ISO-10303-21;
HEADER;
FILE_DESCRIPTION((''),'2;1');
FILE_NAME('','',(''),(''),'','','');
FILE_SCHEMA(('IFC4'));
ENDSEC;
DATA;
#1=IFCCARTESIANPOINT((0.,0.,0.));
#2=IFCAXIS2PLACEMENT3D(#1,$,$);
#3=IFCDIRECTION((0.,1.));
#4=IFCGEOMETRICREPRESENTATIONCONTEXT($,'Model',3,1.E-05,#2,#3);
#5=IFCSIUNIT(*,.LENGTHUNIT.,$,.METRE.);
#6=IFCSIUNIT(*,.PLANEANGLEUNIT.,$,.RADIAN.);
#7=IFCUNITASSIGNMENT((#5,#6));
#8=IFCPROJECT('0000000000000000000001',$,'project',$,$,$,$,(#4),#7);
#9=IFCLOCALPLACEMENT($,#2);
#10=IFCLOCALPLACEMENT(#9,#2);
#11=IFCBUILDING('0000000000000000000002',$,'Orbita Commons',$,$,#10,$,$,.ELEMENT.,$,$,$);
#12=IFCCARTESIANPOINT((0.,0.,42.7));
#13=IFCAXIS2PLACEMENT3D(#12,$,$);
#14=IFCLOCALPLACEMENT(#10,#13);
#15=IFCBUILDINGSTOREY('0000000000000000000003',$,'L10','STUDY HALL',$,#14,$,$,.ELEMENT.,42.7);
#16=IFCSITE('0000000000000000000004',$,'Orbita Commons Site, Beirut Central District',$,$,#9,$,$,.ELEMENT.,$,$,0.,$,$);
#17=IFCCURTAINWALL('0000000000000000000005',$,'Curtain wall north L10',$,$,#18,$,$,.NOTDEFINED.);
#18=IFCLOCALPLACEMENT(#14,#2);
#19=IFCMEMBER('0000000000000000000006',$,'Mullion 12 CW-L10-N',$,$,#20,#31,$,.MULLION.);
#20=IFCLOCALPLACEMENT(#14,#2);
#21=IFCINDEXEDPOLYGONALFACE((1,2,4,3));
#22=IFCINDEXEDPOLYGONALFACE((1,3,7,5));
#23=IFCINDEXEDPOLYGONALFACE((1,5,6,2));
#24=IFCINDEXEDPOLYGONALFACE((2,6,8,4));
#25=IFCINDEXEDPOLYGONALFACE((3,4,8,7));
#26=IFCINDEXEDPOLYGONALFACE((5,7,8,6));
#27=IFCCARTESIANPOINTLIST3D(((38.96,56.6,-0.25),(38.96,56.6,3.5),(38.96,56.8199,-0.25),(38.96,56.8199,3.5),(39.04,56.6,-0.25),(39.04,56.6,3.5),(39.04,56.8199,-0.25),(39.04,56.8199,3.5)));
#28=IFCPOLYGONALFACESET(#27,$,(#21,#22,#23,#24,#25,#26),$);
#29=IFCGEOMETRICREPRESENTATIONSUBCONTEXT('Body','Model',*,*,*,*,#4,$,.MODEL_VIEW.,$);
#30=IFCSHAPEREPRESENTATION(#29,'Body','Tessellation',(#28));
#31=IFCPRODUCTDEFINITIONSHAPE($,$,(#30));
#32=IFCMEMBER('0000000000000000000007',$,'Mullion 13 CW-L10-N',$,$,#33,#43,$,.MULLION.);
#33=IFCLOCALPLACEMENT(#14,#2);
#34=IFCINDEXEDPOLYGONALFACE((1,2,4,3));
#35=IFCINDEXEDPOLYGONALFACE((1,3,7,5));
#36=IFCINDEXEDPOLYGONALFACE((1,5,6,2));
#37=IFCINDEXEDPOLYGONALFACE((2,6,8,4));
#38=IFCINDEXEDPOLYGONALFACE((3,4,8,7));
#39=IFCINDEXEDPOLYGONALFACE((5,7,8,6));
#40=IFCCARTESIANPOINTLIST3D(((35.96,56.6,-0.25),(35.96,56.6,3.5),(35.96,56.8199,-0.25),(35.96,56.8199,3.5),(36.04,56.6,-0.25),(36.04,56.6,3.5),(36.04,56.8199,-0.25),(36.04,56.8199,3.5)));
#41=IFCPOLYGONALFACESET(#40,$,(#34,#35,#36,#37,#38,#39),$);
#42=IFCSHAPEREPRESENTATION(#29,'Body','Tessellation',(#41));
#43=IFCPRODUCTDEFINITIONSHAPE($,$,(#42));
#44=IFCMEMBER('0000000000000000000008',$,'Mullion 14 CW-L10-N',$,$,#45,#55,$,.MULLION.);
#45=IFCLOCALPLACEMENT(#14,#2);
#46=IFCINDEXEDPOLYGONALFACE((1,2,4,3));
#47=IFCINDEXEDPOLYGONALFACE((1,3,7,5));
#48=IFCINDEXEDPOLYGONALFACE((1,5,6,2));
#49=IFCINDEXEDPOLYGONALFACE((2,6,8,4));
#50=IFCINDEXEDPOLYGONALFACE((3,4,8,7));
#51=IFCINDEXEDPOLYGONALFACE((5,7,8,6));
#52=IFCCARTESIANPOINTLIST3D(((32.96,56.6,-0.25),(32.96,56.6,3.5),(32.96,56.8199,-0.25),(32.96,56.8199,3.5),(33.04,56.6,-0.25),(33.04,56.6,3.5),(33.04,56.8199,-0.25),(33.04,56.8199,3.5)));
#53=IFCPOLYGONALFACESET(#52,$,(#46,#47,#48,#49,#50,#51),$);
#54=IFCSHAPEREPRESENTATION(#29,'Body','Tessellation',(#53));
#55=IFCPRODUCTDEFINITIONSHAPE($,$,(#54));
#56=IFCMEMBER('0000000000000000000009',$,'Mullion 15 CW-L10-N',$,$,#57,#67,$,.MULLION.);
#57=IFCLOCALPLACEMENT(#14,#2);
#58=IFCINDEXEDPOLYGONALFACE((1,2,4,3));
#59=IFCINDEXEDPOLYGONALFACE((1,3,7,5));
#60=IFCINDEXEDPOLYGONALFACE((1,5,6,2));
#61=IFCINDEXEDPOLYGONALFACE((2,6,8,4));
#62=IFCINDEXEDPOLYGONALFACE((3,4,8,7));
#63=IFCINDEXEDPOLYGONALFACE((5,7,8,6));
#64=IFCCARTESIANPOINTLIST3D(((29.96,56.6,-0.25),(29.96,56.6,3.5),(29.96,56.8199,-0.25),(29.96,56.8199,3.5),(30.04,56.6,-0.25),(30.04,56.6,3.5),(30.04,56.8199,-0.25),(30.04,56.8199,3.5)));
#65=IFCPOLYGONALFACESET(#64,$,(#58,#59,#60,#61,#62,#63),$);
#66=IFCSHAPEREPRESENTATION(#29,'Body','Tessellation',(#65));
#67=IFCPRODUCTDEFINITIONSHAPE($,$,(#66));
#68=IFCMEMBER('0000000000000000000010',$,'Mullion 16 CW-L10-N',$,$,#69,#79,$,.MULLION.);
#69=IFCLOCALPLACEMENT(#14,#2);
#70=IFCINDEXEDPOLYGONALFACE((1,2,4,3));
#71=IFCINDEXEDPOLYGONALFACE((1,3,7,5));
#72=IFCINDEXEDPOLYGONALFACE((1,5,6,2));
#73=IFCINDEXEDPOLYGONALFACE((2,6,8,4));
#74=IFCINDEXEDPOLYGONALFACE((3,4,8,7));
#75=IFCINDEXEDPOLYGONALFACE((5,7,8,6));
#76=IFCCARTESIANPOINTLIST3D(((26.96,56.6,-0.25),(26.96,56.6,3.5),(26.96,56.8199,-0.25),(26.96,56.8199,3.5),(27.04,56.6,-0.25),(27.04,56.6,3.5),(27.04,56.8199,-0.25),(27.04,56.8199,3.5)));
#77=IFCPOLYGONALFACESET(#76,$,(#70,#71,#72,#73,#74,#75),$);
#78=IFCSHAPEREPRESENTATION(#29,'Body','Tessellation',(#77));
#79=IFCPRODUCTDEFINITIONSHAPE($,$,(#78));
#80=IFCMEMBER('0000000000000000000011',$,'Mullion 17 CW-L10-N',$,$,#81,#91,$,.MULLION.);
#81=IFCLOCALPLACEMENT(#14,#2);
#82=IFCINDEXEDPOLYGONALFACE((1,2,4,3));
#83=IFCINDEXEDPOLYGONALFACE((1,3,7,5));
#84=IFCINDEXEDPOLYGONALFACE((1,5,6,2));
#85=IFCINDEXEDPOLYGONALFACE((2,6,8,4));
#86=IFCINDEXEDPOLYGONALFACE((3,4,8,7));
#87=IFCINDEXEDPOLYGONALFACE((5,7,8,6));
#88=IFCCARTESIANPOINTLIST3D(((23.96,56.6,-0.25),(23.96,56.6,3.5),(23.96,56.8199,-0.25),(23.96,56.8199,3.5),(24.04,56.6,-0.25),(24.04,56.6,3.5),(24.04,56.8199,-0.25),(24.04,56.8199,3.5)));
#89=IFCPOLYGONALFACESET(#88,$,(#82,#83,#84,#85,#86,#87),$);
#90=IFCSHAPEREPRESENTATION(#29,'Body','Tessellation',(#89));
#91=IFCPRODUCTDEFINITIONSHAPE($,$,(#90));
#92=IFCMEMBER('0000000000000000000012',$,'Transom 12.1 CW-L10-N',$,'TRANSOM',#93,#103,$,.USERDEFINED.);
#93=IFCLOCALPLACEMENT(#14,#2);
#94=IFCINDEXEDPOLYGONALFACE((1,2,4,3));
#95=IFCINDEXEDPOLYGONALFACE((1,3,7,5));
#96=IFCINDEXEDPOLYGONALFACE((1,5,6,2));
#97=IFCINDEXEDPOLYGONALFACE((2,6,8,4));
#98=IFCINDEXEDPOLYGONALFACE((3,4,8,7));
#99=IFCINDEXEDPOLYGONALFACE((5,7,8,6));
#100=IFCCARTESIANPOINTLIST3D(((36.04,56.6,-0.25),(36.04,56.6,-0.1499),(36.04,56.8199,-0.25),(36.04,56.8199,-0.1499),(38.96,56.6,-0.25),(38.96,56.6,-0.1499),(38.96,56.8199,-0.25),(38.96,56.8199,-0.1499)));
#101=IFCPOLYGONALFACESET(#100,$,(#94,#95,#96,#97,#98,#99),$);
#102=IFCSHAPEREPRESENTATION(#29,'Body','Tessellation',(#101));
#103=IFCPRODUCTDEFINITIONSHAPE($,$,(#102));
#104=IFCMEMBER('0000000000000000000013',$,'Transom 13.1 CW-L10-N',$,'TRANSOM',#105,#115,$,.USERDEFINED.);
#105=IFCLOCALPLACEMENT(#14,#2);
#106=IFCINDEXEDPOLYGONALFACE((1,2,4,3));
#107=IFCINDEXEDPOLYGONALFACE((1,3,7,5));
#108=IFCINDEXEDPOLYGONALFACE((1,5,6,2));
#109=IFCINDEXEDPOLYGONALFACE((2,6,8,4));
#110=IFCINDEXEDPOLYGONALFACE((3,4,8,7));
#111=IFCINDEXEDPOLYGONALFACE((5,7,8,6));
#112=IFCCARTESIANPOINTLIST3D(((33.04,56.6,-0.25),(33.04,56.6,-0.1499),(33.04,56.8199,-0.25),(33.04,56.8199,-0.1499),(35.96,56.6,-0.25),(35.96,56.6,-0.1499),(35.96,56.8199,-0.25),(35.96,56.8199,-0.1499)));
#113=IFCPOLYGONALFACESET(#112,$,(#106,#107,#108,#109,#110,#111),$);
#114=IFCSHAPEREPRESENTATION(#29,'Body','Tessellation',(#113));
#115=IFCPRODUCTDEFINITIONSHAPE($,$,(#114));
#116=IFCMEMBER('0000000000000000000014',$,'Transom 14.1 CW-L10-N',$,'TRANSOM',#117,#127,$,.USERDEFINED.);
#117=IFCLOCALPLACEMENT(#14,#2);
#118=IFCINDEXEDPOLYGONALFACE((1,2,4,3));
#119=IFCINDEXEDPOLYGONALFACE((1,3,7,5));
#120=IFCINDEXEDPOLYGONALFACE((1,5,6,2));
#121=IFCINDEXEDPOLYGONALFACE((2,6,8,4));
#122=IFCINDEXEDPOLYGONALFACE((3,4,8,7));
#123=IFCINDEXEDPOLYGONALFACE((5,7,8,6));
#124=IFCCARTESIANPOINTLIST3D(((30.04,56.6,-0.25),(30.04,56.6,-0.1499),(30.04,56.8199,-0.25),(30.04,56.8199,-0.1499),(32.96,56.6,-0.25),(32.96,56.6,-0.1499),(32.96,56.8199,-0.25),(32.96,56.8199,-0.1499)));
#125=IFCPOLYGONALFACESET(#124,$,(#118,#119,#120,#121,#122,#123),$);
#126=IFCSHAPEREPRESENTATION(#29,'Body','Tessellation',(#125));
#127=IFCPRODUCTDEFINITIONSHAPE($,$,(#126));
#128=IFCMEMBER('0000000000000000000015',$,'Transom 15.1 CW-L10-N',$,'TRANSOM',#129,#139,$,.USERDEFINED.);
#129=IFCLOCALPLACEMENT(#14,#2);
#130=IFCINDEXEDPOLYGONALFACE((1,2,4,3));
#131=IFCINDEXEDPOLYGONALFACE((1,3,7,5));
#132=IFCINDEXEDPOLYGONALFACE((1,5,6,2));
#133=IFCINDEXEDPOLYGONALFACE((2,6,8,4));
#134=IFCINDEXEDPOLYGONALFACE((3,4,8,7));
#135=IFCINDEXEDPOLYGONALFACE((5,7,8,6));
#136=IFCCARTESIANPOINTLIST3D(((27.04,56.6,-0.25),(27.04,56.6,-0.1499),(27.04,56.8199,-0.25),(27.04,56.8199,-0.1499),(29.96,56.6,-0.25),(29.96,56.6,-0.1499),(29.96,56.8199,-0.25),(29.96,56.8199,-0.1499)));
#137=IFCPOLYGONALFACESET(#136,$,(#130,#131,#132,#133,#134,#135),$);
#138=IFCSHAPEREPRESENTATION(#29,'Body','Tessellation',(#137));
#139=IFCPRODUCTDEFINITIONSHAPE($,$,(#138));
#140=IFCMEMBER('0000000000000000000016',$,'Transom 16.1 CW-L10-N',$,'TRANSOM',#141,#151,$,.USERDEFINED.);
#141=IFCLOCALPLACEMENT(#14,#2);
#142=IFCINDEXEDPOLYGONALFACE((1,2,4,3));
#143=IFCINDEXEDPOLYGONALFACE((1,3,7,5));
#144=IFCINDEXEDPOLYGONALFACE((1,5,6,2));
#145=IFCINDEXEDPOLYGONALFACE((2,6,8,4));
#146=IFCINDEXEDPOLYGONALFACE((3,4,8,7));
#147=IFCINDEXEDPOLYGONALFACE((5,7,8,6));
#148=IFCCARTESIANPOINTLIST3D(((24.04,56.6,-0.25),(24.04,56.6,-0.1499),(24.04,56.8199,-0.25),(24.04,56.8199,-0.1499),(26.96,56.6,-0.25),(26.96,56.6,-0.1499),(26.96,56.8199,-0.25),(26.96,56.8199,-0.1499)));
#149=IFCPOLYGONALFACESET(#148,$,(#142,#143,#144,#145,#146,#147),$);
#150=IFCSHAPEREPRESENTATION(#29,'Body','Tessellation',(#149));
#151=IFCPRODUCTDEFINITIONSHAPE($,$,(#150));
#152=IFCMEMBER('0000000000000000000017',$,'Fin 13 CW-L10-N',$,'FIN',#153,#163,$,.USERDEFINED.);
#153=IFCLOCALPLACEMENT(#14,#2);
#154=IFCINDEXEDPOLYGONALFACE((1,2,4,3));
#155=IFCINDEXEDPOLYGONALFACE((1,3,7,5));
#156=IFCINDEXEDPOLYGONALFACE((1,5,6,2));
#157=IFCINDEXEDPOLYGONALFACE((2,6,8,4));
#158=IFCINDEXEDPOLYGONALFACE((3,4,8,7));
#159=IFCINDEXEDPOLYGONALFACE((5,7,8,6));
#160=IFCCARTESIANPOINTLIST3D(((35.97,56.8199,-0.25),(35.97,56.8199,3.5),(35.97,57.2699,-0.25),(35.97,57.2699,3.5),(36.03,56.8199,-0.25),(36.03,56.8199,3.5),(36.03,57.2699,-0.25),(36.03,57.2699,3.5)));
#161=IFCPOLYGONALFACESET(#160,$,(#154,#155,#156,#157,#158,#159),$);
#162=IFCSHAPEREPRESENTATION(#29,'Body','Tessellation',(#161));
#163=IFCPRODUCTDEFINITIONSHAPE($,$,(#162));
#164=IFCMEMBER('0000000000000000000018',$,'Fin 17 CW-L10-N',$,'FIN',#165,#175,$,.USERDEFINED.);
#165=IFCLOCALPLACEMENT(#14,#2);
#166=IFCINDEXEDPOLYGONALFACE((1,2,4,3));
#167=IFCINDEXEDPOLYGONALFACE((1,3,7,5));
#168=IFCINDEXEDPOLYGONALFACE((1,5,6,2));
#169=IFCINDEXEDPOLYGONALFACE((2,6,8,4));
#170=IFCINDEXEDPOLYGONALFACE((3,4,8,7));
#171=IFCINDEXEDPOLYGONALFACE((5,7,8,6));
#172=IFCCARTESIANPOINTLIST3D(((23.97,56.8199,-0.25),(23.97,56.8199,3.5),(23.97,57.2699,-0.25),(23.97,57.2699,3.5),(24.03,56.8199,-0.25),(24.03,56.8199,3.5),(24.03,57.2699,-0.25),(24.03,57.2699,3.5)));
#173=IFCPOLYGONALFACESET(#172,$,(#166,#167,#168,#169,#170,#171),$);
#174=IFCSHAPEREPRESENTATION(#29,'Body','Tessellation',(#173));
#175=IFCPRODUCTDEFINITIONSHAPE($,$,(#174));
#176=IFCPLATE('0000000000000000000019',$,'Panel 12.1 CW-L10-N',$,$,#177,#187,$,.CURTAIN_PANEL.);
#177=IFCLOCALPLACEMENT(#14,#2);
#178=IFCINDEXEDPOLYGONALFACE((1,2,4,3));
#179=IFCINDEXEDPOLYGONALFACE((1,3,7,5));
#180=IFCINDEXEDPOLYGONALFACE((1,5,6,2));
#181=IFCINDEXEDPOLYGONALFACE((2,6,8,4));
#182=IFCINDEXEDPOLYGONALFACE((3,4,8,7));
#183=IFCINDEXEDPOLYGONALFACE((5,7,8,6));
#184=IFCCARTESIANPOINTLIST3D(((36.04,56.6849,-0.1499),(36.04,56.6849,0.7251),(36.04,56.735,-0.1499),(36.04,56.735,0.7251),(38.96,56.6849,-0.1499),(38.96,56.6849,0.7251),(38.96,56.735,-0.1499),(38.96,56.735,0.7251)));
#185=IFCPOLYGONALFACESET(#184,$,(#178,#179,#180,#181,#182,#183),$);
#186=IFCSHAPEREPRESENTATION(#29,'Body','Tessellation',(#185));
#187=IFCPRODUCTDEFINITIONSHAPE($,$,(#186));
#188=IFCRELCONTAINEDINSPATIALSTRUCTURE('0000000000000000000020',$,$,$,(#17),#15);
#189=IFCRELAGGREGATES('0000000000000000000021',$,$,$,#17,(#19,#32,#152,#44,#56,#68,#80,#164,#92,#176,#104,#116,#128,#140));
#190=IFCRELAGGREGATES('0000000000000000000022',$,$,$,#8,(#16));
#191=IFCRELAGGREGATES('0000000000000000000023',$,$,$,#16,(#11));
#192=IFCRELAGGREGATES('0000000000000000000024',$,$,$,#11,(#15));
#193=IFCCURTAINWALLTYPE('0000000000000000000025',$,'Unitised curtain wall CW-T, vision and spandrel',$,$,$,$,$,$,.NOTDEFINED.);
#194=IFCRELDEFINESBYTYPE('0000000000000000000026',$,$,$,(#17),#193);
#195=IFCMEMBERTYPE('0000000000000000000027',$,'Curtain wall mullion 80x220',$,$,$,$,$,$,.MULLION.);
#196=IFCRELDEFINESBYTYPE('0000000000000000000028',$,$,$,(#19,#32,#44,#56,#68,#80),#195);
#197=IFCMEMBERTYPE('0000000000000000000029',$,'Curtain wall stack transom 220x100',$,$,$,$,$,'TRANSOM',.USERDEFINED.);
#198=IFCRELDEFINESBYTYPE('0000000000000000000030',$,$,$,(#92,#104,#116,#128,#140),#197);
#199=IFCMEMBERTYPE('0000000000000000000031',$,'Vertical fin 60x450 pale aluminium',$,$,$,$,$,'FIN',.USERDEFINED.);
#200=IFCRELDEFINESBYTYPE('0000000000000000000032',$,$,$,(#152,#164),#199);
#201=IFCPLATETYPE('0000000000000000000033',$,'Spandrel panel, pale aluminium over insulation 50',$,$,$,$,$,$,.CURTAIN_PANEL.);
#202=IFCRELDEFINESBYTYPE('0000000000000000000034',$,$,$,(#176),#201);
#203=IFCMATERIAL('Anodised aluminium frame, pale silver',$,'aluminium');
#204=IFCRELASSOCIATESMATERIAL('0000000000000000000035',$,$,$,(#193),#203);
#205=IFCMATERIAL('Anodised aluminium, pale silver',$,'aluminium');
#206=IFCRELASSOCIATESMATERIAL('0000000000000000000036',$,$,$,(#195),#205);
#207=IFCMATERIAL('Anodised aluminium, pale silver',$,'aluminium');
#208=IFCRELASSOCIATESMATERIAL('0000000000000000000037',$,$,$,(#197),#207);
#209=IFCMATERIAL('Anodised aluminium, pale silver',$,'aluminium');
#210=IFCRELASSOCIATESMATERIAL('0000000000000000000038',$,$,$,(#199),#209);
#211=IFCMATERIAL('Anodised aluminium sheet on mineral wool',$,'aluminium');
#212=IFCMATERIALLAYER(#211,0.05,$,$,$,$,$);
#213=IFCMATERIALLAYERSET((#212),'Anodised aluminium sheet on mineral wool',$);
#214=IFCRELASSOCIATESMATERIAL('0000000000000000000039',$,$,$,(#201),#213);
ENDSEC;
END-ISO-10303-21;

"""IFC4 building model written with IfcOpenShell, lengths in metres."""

from ifc_helpers import new_model, si_unit, direction, frame, origin, origin_2d, place, context, subcontext, project, spatial, rectangle, extrude, material, layer, layer_set, material_profile, profile_set, type_object, element, aggregate, save


model = new_model("IFC4")

# Units and contexts
model_context = context("Model", 3, precision=1e-05, world=origin(), true_north=direction((0.0, 1.0)))
body_context = subcontext(model_context, "Body", "Model", "MODEL_VIEW")
ifc_project = project(units=[si_unit("LENGTHUNIT", "METRE"), si_unit("PLANEANGLEUNIT", "RADIAN")], contexts=[model_context])

# Site, building, storey
site_placement = place(None, origin())
site = spatial("IfcSite", under=ifc_project, at=site_placement, Name="Orbita Commons Site, Beirut Central District", CompositionType="ELEMENT", RefElevation=0.0)
building_placement = place(site_placement, origin())
building = spatial("IfcBuilding", under=site, at=building_placement, Name="Orbita Commons", CompositionType="ELEMENT")
storey_placement = place(building_placement, frame((0.0, 0.0, 42.7)))
storey = spatial("IfcBuildingStorey", under=building, at=storey_placement, Name="L10", Description="STUDY HALL", CompositionType="ELEMENT", Elevation=42.7)

# Curtain wall, members, plate
ifc_material_1 = material(Name="Anodised aluminium frame, pale silver", Category="aluminium")
curtain_wall_type = type_object("IfcCurtainWallType", Name="Unitised curtain wall CW-T, vision and spandrel", PredefinedType="NOTDEFINED", material=ifc_material_1)
curtain_wall_placement = place(storey_placement, origin())
curtain_wall = element("IfcCurtainWall", 1, at=curtain_wall_placement, inside=storey, type_object=curtain_wall_type, Name="Curtain wall north L10", PredefinedType="NOTDEFINED")
ifc_material_2 = material(Name="Anodised aluminium, pale silver", Category="aluminium")
ifc_material_profile_1 = material_profile(ifc_material_2, rectangle(XDim=0.0801, YDim=0.22, at=origin_2d()), Name="AL 80x220")
ifc_profile_set_1 = profile_set([ifc_material_profile_1], Name="Anodised aluminium, pale silver")
member_type_1 = type_object("IfcMemberType", Name="Curtain wall mullion 80x220", PredefinedType="MULLION", material=ifc_profile_set_1)
member_1_placement = place(storey_placement, frame((39.0, 56.71, -0.25), z_axis=(0.0, 0.0, 1.0), x_axis=(-1.0, 0.0, 0.0)))
member_1 = element("IfcMember", 2, at=member_1_placement, type_object=member_type_1, Name="Mullion 12 CW-L10-N", PredefinedType="MULLION", context=body_context, shape_type="SweptSolid", body=[
    extrude(rectangle(XDim=0.0801, YDim=0.22, at=origin_2d()), origin(), (0.0, 0.0, 1.0), 3.75),
])
member_2_placement = place(storey_placement, frame((36.0, 56.71, -0.25), z_axis=(0.0, 0.0, 1.0), x_axis=(-1.0, 0.0, 0.0)))
member_2 = element("IfcMember", 3, at=member_2_placement, type_object=member_type_1, Name="Mullion 13 CW-L10-N", PredefinedType="MULLION", context=body_context, shape_type="SweptSolid", body=[
    extrude(rectangle(XDim=0.0801, YDim=0.22, at=origin_2d()), origin(), (0.0, 0.0, 1.0), 3.75),
])
member_3_placement = place(storey_placement, frame((33.0, 56.71, -0.25), z_axis=(0.0, 0.0, 1.0), x_axis=(-1.0, 0.0, 0.0)))
member_3 = element("IfcMember", 4, at=member_3_placement, type_object=member_type_1, Name="Mullion 14 CW-L10-N", PredefinedType="MULLION", context=body_context, shape_type="SweptSolid", body=[
    extrude(rectangle(XDim=0.0801, YDim=0.22, at=origin_2d()), origin(), (0.0, 0.0, 1.0), 3.75),
])
member_4_placement = place(storey_placement, frame((30.0, 56.71, -0.25), z_axis=(0.0, 0.0, 1.0), x_axis=(-1.0, 0.0, 0.0)))
member_4 = element("IfcMember", 5, at=member_4_placement, type_object=member_type_1, Name="Mullion 15 CW-L10-N", PredefinedType="MULLION", context=body_context, shape_type="SweptSolid", body=[
    extrude(rectangle(XDim=0.0801, YDim=0.22, at=origin_2d()), origin(), (0.0, 0.0, 1.0), 3.75),
])
member_5_placement = place(storey_placement, frame((27.0, 56.71, -0.25), z_axis=(0.0, 0.0, 1.0), x_axis=(-1.0, 0.0, 0.0)))
member_5 = element("IfcMember", 6, at=member_5_placement, type_object=member_type_1, Name="Mullion 16 CW-L10-N", PredefinedType="MULLION", context=body_context, shape_type="SweptSolid", body=[
    extrude(rectangle(XDim=0.0801, YDim=0.22, at=origin_2d()), origin(), (0.0, 0.0, 1.0), 3.75),
])
member_6_placement = place(storey_placement, frame((24.0, 56.71, -0.25), z_axis=(0.0, 0.0, 1.0), x_axis=(-1.0, 0.0, 0.0)))
member_6 = element("IfcMember", 7, at=member_6_placement, type_object=member_type_1, Name="Mullion 17 CW-L10-N", PredefinedType="MULLION", context=body_context, shape_type="SweptSolid", body=[
    extrude(rectangle(XDim=0.0801, YDim=0.22, at=origin_2d()), origin(), (0.0, 0.0, 1.0), 3.75),
])
ifc_material_3 = material(Name="Anodised aluminium, pale silver", Category="aluminium")
ifc_material_profile_2 = material_profile(ifc_material_3, rectangle(XDim=0.22, YDim=0.1001, at=origin_2d()), Name="AL 220x100")
ifc_profile_set_2 = profile_set([ifc_material_profile_2], Name="Anodised aluminium, pale silver")
member_type_2 = type_object("IfcMemberType", Name="Curtain wall stack transom 220x100", ElementType="TRANSOM", PredefinedType="USERDEFINED", material=ifc_profile_set_2)
member_7_placement = place(storey_placement, frame((38.96, 56.71, -0.2), z_axis=(-1.0, 0.0, 0.0), x_axis=(0.0, -1.0, 0.0)))
member_7 = element("IfcMember", 8, at=member_7_placement, type_object=member_type_2, Name="Transom 12.1 CW-L10-N", ObjectType="TRANSOM", PredefinedType="USERDEFINED", context=body_context, shape_type="SweptSolid", body=[
    extrude(rectangle(XDim=0.22, YDim=0.1001, at=origin_2d()), origin(), (0.0, 0.0, 1.0), 2.9199),
])
member_8_placement = place(storey_placement, frame((35.96, 56.71, -0.2), z_axis=(-1.0, 0.0, 0.0), x_axis=(0.0, -1.0, 0.0)))
member_8 = element("IfcMember", 9, at=member_8_placement, type_object=member_type_2, Name="Transom 13.1 CW-L10-N", ObjectType="TRANSOM", PredefinedType="USERDEFINED", context=body_context, shape_type="SweptSolid", body=[
    extrude(rectangle(XDim=0.22, YDim=0.1001, at=origin_2d()), origin(), (0.0, 0.0, 1.0), 2.9199),
])
member_9_placement = place(storey_placement, frame((32.96, 56.71, -0.2), z_axis=(-1.0, 0.0, 0.0), x_axis=(0.0, -1.0, 0.0)))
member_9 = element("IfcMember", 10, at=member_9_placement, type_object=member_type_2, Name="Transom 14.1 CW-L10-N", ObjectType="TRANSOM", PredefinedType="USERDEFINED", context=body_context, shape_type="SweptSolid", body=[
    extrude(rectangle(XDim=0.22, YDim=0.1001, at=origin_2d()), origin(), (0.0, 0.0, 1.0), 2.9199),
])
member_10_placement = place(storey_placement, frame((29.96, 56.71, -0.2), z_axis=(-1.0, 0.0, 0.0), x_axis=(0.0, -1.0, 0.0)))
member_10 = element("IfcMember", 11, at=member_10_placement, type_object=member_type_2, Name="Transom 15.1 CW-L10-N", ObjectType="TRANSOM", PredefinedType="USERDEFINED", context=body_context, shape_type="SweptSolid", body=[
    extrude(rectangle(XDim=0.22, YDim=0.1001, at=origin_2d()), origin(), (0.0, 0.0, 1.0), 2.9199),
])
member_11_placement = place(storey_placement, frame((26.96, 56.71, -0.2), z_axis=(-1.0, 0.0, 0.0), x_axis=(0.0, -1.0, 0.0)))
member_11 = element("IfcMember", 12, at=member_11_placement, type_object=member_type_2, Name="Transom 16.1 CW-L10-N", ObjectType="TRANSOM", PredefinedType="USERDEFINED", context=body_context, shape_type="SweptSolid", body=[
    extrude(rectangle(XDim=0.22, YDim=0.1001, at=origin_2d()), origin(), (0.0, 0.0, 1.0), 2.9199),
])
ifc_material_4 = material(Name="Anodised aluminium, pale silver", Category="aluminium")
ifc_material_profile_3 = material_profile(ifc_material_4, rectangle(XDim=0.0601, YDim=0.45, at=origin_2d()), Name="FIN 60x450")
ifc_profile_set_3 = profile_set([ifc_material_profile_3], Name="Anodised aluminium, pale silver")
member_type_3 = type_object("IfcMemberType", Name="Vertical fin 60x450 pale aluminium", ElementType="FIN", PredefinedType="USERDEFINED", material=ifc_profile_set_3)
member_12_placement = place(storey_placement, frame((36.0, 57.0449, -0.25), z_axis=(0.0, 0.0, 1.0), x_axis=(-1.0, 0.0, 0.0)))
member_12 = element("IfcMember", 13, at=member_12_placement, type_object=member_type_3, Name="Fin 13 CW-L10-N", ObjectType="FIN", PredefinedType="USERDEFINED", context=body_context, shape_type="SweptSolid", body=[
    extrude(rectangle(XDim=0.0601, YDim=0.45, at=origin_2d()), origin(), (0.0, 0.0, 1.0), 3.75),
])
member_13_placement = place(storey_placement, frame((24.0, 57.0449, -0.25), z_axis=(0.0, 0.0, 1.0), x_axis=(-1.0, 0.0, 0.0)))
member_13 = element("IfcMember", 14, at=member_13_placement, type_object=member_type_3, Name="Fin 17 CW-L10-N", ObjectType="FIN", PredefinedType="USERDEFINED", context=body_context, shape_type="SweptSolid", body=[
    extrude(rectangle(XDim=0.0601, YDim=0.45, at=origin_2d()), origin(), (0.0, 0.0, 1.0), 3.75),
])
ifc_material_5 = material(Name="Anodised aluminium sheet on mineral wool", Category="aluminium")
ifc_layer_1 = layer(ifc_material_5, 0.05)
ifc_layer_set_1 = layer_set([ifc_layer_1], Name="Anodised aluminium sheet on mineral wool")
plate_type_1 = type_object("IfcPlateType", Name="Spandrel panel, pale aluminium over insulation 50", PredefinedType="CURTAIN_PANEL", material=ifc_layer_set_1)
plate_1_placement = place(storey_placement, frame((37.5, 56.71, -0.1499), z_axis=(0.0, 0.0, 1.0), x_axis=(-1.0, 0.0, 0.0)))
plate_1 = element("IfcPlate", 15, at=plate_1_placement, type_object=plate_type_1, Name="Panel 12.1 CW-L10-N", PredefinedType="CURTAIN_PANEL", context=body_context, shape_type="SweptSolid", body=[
    extrude(rectangle(XDim=2.9199, YDim=0.05, at=origin_2d()), origin(), (0.0, 0.0, 1.0), 0.875),
])
aggregate(curtain_wall, [member_1, member_2, member_12, member_3, member_4, member_5, member_6, member_13, member_7, plate_1, member_8, member_9, member_10, member_11])

save(model, "model.ifc")
